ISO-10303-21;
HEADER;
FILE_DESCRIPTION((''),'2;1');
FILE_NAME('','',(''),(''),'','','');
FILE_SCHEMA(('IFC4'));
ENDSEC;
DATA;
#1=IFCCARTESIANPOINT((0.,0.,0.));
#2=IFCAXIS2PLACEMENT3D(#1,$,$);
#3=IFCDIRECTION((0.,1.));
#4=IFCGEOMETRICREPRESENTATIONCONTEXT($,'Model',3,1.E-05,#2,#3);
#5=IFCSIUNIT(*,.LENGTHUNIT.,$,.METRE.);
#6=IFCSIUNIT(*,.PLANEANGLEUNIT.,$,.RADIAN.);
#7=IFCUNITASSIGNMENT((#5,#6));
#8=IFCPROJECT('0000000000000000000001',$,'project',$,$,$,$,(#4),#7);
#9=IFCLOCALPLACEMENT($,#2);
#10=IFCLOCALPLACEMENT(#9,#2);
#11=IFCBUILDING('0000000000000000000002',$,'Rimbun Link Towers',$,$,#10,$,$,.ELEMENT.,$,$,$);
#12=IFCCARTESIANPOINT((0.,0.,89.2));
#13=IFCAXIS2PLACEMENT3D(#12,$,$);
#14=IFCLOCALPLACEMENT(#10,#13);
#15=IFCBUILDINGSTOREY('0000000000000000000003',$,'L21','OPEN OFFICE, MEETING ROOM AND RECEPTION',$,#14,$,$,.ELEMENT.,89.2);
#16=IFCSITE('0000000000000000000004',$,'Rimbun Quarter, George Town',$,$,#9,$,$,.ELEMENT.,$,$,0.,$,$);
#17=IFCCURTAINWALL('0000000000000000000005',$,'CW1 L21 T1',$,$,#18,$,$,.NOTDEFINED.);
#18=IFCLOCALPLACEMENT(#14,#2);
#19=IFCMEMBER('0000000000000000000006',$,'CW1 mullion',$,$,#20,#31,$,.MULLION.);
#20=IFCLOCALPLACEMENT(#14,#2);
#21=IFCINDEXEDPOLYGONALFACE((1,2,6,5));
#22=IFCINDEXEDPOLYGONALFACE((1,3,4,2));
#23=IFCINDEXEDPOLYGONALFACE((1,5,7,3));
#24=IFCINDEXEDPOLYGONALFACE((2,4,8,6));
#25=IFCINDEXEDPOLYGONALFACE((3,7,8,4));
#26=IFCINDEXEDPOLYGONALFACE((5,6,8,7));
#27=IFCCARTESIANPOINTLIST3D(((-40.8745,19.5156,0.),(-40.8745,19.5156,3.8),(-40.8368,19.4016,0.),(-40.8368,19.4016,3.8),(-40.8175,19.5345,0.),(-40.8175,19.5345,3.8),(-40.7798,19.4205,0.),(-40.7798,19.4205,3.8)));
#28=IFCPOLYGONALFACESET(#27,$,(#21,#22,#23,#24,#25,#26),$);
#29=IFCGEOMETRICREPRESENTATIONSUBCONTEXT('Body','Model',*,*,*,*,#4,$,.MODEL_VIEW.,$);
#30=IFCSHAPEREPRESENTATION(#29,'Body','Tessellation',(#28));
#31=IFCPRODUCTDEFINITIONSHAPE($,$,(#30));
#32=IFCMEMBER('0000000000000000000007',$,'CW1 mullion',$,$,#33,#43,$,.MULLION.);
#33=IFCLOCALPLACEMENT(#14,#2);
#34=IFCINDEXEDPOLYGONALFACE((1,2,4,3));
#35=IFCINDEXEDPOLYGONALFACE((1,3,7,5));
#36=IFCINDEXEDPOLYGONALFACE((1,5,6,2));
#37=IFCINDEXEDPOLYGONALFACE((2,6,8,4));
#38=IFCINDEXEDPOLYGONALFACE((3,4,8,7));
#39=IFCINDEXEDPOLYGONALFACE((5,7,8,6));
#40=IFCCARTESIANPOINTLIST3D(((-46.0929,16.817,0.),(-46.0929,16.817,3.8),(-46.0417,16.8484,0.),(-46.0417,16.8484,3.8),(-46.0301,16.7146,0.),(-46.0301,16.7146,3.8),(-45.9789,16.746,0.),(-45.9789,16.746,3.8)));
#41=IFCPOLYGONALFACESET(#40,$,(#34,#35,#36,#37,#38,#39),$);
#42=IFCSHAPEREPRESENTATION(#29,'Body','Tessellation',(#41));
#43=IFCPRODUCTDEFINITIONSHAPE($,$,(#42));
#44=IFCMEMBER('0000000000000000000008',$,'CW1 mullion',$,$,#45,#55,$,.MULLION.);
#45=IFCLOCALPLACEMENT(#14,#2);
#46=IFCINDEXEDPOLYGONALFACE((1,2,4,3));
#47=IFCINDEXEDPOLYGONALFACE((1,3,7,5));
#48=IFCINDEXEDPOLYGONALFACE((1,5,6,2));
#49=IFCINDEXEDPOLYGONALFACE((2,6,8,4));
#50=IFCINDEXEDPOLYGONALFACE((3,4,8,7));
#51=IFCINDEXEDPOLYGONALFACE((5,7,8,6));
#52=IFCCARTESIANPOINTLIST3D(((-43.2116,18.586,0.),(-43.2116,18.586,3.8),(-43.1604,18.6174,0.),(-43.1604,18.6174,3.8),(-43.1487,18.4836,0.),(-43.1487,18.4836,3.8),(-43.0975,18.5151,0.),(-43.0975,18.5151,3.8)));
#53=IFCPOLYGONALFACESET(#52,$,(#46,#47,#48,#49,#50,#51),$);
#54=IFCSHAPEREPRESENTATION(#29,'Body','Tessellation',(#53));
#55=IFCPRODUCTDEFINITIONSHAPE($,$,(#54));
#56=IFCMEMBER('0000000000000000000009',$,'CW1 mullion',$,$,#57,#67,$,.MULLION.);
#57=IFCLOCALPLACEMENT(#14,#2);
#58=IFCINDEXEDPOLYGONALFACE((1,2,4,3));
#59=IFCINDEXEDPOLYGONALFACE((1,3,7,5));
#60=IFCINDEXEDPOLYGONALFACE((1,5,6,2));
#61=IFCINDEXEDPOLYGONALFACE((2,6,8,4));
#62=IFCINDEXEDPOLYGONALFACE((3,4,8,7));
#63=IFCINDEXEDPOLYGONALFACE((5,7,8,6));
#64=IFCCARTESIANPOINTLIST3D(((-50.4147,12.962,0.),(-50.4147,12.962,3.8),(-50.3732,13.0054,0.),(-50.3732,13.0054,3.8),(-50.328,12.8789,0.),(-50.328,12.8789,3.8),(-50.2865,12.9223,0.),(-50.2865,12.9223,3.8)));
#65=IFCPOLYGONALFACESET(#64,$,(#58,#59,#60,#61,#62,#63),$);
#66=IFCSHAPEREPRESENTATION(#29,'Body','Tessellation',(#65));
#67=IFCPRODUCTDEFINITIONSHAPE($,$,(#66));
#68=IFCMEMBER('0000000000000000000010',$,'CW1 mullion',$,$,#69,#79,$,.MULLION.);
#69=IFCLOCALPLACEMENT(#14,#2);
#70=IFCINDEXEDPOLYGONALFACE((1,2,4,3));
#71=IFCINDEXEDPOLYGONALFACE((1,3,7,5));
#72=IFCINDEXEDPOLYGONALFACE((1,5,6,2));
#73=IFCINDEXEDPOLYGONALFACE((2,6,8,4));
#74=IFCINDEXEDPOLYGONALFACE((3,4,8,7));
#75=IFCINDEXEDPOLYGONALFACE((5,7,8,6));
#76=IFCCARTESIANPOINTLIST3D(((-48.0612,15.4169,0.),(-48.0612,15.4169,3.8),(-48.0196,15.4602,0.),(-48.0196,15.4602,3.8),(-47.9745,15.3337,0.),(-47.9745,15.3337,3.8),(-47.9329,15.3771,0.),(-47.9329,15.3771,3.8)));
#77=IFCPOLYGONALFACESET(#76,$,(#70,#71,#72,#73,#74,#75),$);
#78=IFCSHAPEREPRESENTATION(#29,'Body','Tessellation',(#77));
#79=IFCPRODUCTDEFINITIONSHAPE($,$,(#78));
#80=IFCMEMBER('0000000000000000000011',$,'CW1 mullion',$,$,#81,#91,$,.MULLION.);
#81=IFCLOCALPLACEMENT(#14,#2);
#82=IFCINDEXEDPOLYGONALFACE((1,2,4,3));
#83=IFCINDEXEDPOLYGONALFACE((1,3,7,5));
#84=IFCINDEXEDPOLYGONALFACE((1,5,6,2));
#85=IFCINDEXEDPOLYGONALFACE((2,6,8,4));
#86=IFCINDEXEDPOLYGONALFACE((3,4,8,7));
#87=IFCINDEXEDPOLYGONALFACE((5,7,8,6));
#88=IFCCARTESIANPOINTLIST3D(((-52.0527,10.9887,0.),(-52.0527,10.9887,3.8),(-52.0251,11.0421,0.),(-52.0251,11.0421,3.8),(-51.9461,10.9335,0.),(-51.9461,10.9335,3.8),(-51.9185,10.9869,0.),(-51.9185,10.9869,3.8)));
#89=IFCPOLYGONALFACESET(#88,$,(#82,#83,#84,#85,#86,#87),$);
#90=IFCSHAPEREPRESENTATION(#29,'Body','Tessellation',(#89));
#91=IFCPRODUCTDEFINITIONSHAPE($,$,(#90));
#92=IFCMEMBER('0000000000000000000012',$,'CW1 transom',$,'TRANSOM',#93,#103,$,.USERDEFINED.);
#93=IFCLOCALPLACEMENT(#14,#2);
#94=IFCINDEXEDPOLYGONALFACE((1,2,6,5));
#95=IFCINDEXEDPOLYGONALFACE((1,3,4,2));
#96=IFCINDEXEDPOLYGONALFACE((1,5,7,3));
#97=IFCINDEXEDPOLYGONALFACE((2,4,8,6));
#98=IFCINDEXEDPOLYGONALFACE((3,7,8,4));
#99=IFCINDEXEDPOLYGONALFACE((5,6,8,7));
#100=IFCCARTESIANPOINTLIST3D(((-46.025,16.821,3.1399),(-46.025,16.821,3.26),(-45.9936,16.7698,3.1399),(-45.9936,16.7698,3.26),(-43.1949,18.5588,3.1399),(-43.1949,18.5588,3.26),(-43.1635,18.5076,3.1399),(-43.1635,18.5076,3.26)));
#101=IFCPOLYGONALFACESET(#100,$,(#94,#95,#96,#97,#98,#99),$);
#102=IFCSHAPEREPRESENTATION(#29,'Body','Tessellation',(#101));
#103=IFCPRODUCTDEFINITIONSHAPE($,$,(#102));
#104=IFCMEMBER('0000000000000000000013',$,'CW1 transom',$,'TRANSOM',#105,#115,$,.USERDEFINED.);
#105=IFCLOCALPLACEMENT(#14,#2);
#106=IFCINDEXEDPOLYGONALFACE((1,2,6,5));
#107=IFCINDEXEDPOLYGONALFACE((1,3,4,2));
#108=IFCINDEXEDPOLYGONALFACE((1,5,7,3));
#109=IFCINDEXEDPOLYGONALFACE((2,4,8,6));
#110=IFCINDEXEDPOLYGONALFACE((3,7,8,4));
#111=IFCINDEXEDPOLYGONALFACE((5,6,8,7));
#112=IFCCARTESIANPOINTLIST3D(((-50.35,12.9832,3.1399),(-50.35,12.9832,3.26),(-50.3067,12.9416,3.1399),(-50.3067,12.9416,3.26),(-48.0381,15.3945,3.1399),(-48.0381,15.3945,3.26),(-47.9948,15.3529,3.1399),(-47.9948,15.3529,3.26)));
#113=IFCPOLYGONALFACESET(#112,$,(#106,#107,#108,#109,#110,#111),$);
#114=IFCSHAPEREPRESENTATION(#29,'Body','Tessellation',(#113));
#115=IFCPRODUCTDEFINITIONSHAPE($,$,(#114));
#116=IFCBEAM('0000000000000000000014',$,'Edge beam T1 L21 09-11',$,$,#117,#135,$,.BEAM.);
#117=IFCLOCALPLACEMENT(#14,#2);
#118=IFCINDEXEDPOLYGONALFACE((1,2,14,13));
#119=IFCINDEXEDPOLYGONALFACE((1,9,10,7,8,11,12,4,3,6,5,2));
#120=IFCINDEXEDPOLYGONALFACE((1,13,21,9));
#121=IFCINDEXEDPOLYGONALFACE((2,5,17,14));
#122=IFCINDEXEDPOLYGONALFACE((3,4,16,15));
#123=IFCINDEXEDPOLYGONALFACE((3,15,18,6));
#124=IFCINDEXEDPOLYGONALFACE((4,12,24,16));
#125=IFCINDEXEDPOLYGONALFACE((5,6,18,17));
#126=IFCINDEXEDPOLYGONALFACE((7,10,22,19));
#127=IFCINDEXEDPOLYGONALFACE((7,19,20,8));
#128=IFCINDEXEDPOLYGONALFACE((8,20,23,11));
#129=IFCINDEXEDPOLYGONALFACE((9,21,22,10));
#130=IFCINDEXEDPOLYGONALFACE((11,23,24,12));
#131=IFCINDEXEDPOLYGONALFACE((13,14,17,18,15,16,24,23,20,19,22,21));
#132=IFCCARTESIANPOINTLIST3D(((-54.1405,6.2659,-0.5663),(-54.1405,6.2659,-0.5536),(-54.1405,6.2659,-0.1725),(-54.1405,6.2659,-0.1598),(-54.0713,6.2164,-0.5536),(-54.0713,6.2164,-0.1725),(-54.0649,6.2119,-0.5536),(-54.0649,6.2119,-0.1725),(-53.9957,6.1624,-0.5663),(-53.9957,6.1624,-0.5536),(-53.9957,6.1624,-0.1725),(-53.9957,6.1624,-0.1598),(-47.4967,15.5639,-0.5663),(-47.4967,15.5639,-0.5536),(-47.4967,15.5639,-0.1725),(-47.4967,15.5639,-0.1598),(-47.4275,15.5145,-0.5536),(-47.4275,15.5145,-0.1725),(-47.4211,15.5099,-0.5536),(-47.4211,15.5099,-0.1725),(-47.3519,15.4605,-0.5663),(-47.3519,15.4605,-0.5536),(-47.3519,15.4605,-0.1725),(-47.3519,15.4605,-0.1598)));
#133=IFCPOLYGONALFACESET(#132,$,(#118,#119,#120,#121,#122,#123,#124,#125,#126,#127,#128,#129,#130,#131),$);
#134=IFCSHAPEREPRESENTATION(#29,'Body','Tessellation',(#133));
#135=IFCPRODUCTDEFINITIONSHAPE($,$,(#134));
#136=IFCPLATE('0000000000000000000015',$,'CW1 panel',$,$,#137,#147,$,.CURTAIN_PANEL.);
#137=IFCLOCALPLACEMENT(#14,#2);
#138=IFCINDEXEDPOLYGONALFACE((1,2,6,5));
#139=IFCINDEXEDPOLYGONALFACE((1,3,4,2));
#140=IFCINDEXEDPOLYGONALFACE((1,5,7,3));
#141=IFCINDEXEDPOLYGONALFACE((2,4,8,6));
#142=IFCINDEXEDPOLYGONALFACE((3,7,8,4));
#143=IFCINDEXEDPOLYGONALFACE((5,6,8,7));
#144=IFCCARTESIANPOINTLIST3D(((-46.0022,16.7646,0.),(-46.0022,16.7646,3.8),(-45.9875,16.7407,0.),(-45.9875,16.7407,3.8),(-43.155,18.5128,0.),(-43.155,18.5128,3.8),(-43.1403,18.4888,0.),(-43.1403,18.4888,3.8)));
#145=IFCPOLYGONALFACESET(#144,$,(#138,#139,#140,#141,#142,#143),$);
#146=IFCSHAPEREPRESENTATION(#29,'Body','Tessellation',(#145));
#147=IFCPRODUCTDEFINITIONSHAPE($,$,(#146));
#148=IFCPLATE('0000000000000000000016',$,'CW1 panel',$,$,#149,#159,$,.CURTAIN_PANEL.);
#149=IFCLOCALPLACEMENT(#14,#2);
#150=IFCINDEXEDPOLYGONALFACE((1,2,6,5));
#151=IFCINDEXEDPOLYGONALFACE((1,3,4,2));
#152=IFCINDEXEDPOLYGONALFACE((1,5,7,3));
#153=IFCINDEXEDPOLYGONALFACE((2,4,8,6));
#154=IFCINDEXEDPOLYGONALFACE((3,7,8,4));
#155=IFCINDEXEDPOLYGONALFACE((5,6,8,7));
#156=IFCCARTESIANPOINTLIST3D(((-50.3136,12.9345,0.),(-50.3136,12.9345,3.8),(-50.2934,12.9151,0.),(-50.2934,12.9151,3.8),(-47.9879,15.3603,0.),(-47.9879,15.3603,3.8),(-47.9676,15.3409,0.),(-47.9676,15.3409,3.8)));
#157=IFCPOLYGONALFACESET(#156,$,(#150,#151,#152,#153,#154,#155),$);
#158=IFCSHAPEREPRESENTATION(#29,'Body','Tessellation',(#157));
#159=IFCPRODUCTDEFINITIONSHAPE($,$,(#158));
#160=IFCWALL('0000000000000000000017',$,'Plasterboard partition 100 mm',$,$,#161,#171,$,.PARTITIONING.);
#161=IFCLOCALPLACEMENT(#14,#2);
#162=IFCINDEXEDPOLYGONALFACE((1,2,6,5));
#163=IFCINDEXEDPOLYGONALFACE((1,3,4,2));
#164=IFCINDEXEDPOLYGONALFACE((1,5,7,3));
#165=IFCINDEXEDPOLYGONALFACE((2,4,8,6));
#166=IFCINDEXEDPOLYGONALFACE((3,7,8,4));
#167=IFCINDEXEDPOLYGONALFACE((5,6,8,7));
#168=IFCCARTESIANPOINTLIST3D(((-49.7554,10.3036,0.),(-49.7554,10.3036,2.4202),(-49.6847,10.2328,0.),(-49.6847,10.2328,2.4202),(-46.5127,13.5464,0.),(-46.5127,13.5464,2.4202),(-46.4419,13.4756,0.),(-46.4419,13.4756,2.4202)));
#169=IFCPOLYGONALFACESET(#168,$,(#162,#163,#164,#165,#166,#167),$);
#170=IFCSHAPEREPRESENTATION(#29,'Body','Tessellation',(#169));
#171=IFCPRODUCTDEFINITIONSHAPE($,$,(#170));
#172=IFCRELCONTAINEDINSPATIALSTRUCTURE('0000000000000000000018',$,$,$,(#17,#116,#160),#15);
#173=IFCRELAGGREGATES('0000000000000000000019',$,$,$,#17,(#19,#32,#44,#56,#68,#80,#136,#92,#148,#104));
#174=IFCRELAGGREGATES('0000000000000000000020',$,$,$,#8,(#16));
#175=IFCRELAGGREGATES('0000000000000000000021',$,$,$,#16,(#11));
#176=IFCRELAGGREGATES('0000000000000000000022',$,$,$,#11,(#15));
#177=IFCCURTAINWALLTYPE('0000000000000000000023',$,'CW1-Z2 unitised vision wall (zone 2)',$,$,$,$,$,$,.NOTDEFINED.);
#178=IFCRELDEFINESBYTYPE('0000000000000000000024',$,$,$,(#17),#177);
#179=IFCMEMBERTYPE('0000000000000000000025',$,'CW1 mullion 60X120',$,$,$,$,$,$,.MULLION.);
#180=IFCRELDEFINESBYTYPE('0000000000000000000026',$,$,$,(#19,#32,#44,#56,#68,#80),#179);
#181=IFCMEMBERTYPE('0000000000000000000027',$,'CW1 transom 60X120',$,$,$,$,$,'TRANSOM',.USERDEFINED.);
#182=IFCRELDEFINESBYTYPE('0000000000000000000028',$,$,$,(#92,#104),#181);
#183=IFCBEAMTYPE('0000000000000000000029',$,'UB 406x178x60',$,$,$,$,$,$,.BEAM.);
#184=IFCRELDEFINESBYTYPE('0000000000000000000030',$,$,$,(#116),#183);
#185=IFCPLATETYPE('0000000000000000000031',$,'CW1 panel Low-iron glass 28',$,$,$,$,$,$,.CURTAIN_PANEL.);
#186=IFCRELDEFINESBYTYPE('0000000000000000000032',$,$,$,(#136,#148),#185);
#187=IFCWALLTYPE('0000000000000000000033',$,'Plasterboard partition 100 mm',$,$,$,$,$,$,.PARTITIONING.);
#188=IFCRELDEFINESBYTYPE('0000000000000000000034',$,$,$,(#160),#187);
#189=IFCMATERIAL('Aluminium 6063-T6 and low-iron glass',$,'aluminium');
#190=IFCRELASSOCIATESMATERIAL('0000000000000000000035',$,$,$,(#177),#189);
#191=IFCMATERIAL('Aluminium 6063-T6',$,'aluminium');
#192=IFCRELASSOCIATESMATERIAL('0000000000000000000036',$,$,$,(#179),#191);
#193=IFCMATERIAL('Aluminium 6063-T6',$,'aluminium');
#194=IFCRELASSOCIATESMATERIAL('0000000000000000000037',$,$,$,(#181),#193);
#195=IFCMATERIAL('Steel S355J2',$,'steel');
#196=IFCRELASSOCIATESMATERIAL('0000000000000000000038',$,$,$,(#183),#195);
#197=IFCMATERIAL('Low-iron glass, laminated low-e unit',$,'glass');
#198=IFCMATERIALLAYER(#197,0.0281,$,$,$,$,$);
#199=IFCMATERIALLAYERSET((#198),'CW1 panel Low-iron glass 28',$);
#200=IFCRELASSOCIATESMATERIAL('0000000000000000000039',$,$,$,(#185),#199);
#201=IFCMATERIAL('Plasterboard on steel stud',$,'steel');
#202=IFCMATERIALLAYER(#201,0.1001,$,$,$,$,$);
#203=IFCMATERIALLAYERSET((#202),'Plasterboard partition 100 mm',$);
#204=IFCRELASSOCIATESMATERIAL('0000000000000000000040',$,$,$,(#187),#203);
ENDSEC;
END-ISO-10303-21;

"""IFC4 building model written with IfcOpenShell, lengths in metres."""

from ifc_helpers import new_model, si_unit, direction, frame, frame_2d, origin, origin_2d, place, context, subcontext, project, spatial, rectangle, i_section, extrude, material, layer, layer_set, material_profile, profile_set, type_object, element, aggregate, save


model = new_model("IFC4")

# Units and contexts
model_context = context("Model", 3, precision=1e-05, world=origin(), true_north=direction((0.0, 1.0)))
body_context = subcontext(model_context, "Body", "Model", "MODEL_VIEW")
ifc_project = project(units=[si_unit("LENGTHUNIT", "METRE"), si_unit("PLANEANGLEUNIT", "RADIAN")], contexts=[model_context])

# Site, building, storey
site_placement = place(None, origin())
site = spatial("IfcSite", under=ifc_project, at=site_placement, Name="Rimbun Quarter, George Town", CompositionType="ELEMENT", RefElevation=0.0)
building_placement = place(site_placement, origin())
building = spatial("IfcBuilding", under=site, at=building_placement, Name="Rimbun Link Towers", CompositionType="ELEMENT")
storey_placement = place(building_placement, frame((0.0, 0.0, 89.2)))
storey = spatial("IfcBuildingStorey", under=building, at=storey_placement, Name="L21", Description="OPEN OFFICE, MEETING ROOM AND RECEPTION", CompositionType="ELEMENT", Elevation=89.2)

# Curtain wall, members
ifc_material_1 = material(Name="Aluminium 6063-T6 and low-iron glass", Category="aluminium")
curtain_wall_type = type_object("IfcCurtainWallType", Name="CW1-Z2 unitised vision wall (zone 2)", PredefinedType="NOTDEFINED", material=ifc_material_1)
curtain_wall_placement = place(storey_placement, origin())
curtain_wall = element("IfcCurtainWall", 1, at=curtain_wall_placement, inside=storey, type_object=curtain_wall_type, Name="CW1 L21 T1", PredefinedType="NOTDEFINED")
ifc_material_2 = material(Name="Aluminium 6063-T6", Category="aluminium")
ifc_material_profile_1 = material_profile(ifc_material_2, rectangle(XDim=0.1201, YDim=0.0601, at=origin_2d()), Name="MULLION 60X120")
ifc_profile_set_1 = profile_set([ifc_material_profile_1], Name="Aluminium 6063-T6")
member_type_1 = type_object("IfcMemberType", Name="CW1 mullion 60X120", PredefinedType="MULLION", material=ifc_profile_set_1)
member_1_placement = place(storey_placement, frame((-40.8271, 19.468, 0.0), z_axis=(0.0, 0.0, 1.0), x_axis=(-0.314576, 0.949232, 0.0)))
member_1 = element("IfcMember", 2, at=member_1_placement, type_object=member_type_1, Name="CW1 mullion", PredefinedType="MULLION", context=body_context, shape_type="SweptSolid", body=[
    extrude(rectangle(XDim=0.1201, YDim=0.0601, at=origin_2d()), origin(), (0.0, 0.0, 1.0), 3.8),
])
member_2_placement = place(storey_placement, frame((-46.0359, 16.7815, 0.0), z_axis=(0.0, 0.0, 1.0), x_axis=(-0.523237, 0.852187, 0.0)))
member_2 = element("IfcMember", 3, at=member_2_placement, type_object=member_type_1, Name="CW1 mullion", PredefinedType="MULLION", context=body_context, shape_type="SweptSolid", body=[
    extrude(rectangle(XDim=0.1201, YDim=0.0601, at=origin_2d()), origin(), (0.0, 0.0, 1.0), 3.8),
])
member_3_placement = place(storey_placement, frame((-43.1545, 18.5505, 0.0), z_axis=(0.0, 0.0, 1.0), x_axis=(-0.523237, 0.852187, 0.0)))
member_3 = element("IfcMember", 4, at=member_3_placement, type_object=member_type_1, Name="CW1 mullion", PredefinedType="MULLION", context=body_context, shape_type="SweptSolid", body=[
    extrude(rectangle(XDim=0.1201, YDim=0.0601, at=origin_2d()), origin(), (0.0, 0.0, 1.0), 3.8),
])
member_4_placement = place(storey_placement, frame((-50.3506, 12.9421, 0.0), z_axis=(0.0, 0.0, 1.0), x_axis=(-0.721839, 0.692061, 0.0)))
member_4 = element("IfcMember", 5, at=member_4_placement, type_object=member_type_1, Name="CW1 mullion", PredefinedType="MULLION", context=body_context, shape_type="SweptSolid", body=[
    extrude(rectangle(XDim=0.1201, YDim=0.0601, at=origin_2d()), origin(), (0.0, 0.0, 1.0), 3.8),
])
member_5_placement = place(storey_placement, frame((-47.9971, 15.397, 0.0), z_axis=(0.0, 0.0, 1.0), x_axis=(-0.721839, 0.692061, 0.0)))
member_5 = element("IfcMember", 6, at=member_5_placement, type_object=member_type_1, Name="CW1 mullion", PredefinedType="MULLION", context=body_context, shape_type="SweptSolid", body=[
    extrude(rectangle(XDim=0.1201, YDim=0.0601, at=origin_2d()), origin(), (0.0, 0.0, 1.0), 3.8),
])
member_6_placement = place(storey_placement, frame((-51.9856, 10.9878, 0.0), z_axis=(0.0, 0.0, 1.0), x_axis=(-0.888155, 0.459544, 0.0)))
member_6 = element("IfcMember", 7, at=member_6_placement, type_object=member_type_1, Name="CW1 mullion", PredefinedType="MULLION", context=body_context, shape_type="SweptSolid", body=[
    extrude(rectangle(XDim=0.1201, YDim=0.0601, at=origin_2d()), origin(), (0.0, 0.0, 1.0), 3.8),
])
ifc_material_3 = material(Name="Aluminium 6063-T6", Category="aluminium")
ifc_material_profile_2 = material_profile(ifc_material_3, rectangle(XDim=0.0601, YDim=0.1201, at=origin_2d()), Name="TRANSOM 60X120")
ifc_profile_set_2 = profile_set([ifc_material_profile_2], Name="Aluminium 6063-T6")
member_type_2 = type_object("IfcMemberType", Name="CW1 transom 60X120", ElementType="TRANSOM", PredefinedType="USERDEFINED", material=ifc_profile_set_2)
member_7_placement = place(storey_placement, frame((-46.0093, 16.7954, 3.2), z_axis=(0.852168, 0.523269, 0.0), x_axis=(-0.523269, 0.852168, 0.0)))
member_7 = element("IfcMember", 8, at=member_7_placement, type_object=member_type_2, Name="CW1 transom", ObjectType="TRANSOM", PredefinedType="USERDEFINED", context=body_context, shape_type="SweptSolid", body=[
    extrude(rectangle(XDim=0.0601, YDim=0.1201, at=origin_2d()), origin(), (0.0, 0.0, 1.0), 3.321),
])
member_8_placement = place(storey_placement, frame((-50.3284, 12.9624, 3.2), z_axis=(0.692078, 0.721822, 0.0), x_axis=(-0.721822, 0.692078, 0.0)))
member_8 = element("IfcMember", 9, at=member_8_placement, type_object=member_type_2, Name="CW1 transom", ObjectType="TRANSOM", PredefinedType="USERDEFINED", context=body_context, shape_type="SweptSolid", body=[
    extrude(rectangle(XDim=0.0601, YDim=0.1201, at=origin_2d()), origin(), (0.0, 0.0, 1.0), 3.3406),
])

# Beam
ifc_material_4 = material(Name="Steel S355J2", Category="steel")
ifc_material_profile_3 = material_profile(ifc_material_4, i_section(OverallWidth=0.178, OverallDepth=0.4065, WebThickness=0.0078, FlangeThickness=0.0127, at=origin_2d()), Name="UB 406x178x60")
ifc_profile_set_3 = profile_set([ifc_material_profile_3], Name="Steel S355J2")
beam_type = type_object("IfcBeamType", Name="UB 406x178x60", PredefinedType="BEAM", material=ifc_profile_set_3)
beam_placement = place(storey_placement, frame((-47.4243, 15.5122, -0.363), z_axis=(-0.581372, -0.813638, 0.0), x_axis=(0.813638, -0.581372, 0.0)))
element("IfcBeam", 10, at=beam_placement, inside=storey, type_object=beam_type, Name="Edge beam T1 L21 09-11", PredefinedType="BEAM", context=body_context, shape_type="SweptSolid", body=[
    extrude(i_section(OverallWidth=0.178, OverallDepth=0.4065, WebThickness=0.0078, FlangeThickness=0.0127, at=origin_2d()), origin(), (0.0, 0.0, 1.0), 11.4277),
])

# Plates
ifc_material_5 = material(Name="Low-iron glass, laminated low-e unit", Category="glass")
ifc_layer_1 = layer(ifc_material_5, 0.0281)
ifc_layer_set_1 = layer_set([ifc_layer_1], Name="CW1 panel Low-iron glass 28")
plate_type = type_object("IfcPlateType", Name="CW1 panel Low-iron glass 28", PredefinedType="CURTAIN_PANEL", material=ifc_layer_set_1)
plate_1_placement = place(storey_placement, frame((-44.5713, 17.6267, 0.0), z_axis=(0.0, 0.0, 1.0), x_axis=(0.852187, 0.523237, 0.0)))
plate_1 = element("IfcPlate", 11, at=plate_1_placement, type_object=plate_type, Name="CW1 panel", PredefinedType="CURTAIN_PANEL", context=body_context, shape_type="SweptSolid", body=[
    extrude(rectangle(XDim=3.3411, YDim=0.0281, at=origin_2d()), origin(), (0.0, 0.0, 1.0), 3.8),
])
plate_2_placement = place(storey_placement, frame((-49.1406, 14.1377, 0.0), z_axis=(0.0, 0.0, 1.0), x_axis=(0.692061, 0.721839, 0.0)))
plate_2 = element("IfcPlate", 12, at=plate_2_placement, type_object=plate_type, Name="CW1 panel", PredefinedType="CURTAIN_PANEL", context=body_context, shape_type="SweptSolid", body=[
    extrude(rectangle(XDim=3.3606, YDim=0.0281, at=origin_2d()), origin(), (0.0, 0.0, 1.0), 3.8),
])
aggregate(curtain_wall, [member_1, member_2, member_3, member_4, member_5, member_6, plate_1, member_7, plate_2, member_8])

# Wall
ifc_material_6 = material(Name="Plasterboard on steel stud", Category="steel")
ifc_layer_2 = layer(ifc_material_6, 0.1001)
ifc_layer_set_2 = layer_set([ifc_layer_2], Name="Plasterboard partition 100 mm")
wall_type = type_object("IfcWallType", Name="Plasterboard partition 100 mm", PredefinedType="PARTITIONING", material=ifc_layer_set_2)
wall_placement = place(storey_placement, frame((-46.4773, 13.511, 0.0), z_axis=(0.0, 0.0, 1.0), x_axis=(-0.707107, -0.707107, 0.0)))
element("IfcWall", 13, at=wall_placement, inside=storey, type_object=wall_type, Name="Plasterboard partition 100 mm", PredefinedType="PARTITIONING", context=body_context, shape_type="SweptSolid", body=[
    extrude(rectangle(XDim=4.5859, YDim=0.1001, at=frame_2d((2.293, 0.0))), origin(), (0.0, 0.0, 1.0), 2.4202),
])

save(model, "model.ifc")
